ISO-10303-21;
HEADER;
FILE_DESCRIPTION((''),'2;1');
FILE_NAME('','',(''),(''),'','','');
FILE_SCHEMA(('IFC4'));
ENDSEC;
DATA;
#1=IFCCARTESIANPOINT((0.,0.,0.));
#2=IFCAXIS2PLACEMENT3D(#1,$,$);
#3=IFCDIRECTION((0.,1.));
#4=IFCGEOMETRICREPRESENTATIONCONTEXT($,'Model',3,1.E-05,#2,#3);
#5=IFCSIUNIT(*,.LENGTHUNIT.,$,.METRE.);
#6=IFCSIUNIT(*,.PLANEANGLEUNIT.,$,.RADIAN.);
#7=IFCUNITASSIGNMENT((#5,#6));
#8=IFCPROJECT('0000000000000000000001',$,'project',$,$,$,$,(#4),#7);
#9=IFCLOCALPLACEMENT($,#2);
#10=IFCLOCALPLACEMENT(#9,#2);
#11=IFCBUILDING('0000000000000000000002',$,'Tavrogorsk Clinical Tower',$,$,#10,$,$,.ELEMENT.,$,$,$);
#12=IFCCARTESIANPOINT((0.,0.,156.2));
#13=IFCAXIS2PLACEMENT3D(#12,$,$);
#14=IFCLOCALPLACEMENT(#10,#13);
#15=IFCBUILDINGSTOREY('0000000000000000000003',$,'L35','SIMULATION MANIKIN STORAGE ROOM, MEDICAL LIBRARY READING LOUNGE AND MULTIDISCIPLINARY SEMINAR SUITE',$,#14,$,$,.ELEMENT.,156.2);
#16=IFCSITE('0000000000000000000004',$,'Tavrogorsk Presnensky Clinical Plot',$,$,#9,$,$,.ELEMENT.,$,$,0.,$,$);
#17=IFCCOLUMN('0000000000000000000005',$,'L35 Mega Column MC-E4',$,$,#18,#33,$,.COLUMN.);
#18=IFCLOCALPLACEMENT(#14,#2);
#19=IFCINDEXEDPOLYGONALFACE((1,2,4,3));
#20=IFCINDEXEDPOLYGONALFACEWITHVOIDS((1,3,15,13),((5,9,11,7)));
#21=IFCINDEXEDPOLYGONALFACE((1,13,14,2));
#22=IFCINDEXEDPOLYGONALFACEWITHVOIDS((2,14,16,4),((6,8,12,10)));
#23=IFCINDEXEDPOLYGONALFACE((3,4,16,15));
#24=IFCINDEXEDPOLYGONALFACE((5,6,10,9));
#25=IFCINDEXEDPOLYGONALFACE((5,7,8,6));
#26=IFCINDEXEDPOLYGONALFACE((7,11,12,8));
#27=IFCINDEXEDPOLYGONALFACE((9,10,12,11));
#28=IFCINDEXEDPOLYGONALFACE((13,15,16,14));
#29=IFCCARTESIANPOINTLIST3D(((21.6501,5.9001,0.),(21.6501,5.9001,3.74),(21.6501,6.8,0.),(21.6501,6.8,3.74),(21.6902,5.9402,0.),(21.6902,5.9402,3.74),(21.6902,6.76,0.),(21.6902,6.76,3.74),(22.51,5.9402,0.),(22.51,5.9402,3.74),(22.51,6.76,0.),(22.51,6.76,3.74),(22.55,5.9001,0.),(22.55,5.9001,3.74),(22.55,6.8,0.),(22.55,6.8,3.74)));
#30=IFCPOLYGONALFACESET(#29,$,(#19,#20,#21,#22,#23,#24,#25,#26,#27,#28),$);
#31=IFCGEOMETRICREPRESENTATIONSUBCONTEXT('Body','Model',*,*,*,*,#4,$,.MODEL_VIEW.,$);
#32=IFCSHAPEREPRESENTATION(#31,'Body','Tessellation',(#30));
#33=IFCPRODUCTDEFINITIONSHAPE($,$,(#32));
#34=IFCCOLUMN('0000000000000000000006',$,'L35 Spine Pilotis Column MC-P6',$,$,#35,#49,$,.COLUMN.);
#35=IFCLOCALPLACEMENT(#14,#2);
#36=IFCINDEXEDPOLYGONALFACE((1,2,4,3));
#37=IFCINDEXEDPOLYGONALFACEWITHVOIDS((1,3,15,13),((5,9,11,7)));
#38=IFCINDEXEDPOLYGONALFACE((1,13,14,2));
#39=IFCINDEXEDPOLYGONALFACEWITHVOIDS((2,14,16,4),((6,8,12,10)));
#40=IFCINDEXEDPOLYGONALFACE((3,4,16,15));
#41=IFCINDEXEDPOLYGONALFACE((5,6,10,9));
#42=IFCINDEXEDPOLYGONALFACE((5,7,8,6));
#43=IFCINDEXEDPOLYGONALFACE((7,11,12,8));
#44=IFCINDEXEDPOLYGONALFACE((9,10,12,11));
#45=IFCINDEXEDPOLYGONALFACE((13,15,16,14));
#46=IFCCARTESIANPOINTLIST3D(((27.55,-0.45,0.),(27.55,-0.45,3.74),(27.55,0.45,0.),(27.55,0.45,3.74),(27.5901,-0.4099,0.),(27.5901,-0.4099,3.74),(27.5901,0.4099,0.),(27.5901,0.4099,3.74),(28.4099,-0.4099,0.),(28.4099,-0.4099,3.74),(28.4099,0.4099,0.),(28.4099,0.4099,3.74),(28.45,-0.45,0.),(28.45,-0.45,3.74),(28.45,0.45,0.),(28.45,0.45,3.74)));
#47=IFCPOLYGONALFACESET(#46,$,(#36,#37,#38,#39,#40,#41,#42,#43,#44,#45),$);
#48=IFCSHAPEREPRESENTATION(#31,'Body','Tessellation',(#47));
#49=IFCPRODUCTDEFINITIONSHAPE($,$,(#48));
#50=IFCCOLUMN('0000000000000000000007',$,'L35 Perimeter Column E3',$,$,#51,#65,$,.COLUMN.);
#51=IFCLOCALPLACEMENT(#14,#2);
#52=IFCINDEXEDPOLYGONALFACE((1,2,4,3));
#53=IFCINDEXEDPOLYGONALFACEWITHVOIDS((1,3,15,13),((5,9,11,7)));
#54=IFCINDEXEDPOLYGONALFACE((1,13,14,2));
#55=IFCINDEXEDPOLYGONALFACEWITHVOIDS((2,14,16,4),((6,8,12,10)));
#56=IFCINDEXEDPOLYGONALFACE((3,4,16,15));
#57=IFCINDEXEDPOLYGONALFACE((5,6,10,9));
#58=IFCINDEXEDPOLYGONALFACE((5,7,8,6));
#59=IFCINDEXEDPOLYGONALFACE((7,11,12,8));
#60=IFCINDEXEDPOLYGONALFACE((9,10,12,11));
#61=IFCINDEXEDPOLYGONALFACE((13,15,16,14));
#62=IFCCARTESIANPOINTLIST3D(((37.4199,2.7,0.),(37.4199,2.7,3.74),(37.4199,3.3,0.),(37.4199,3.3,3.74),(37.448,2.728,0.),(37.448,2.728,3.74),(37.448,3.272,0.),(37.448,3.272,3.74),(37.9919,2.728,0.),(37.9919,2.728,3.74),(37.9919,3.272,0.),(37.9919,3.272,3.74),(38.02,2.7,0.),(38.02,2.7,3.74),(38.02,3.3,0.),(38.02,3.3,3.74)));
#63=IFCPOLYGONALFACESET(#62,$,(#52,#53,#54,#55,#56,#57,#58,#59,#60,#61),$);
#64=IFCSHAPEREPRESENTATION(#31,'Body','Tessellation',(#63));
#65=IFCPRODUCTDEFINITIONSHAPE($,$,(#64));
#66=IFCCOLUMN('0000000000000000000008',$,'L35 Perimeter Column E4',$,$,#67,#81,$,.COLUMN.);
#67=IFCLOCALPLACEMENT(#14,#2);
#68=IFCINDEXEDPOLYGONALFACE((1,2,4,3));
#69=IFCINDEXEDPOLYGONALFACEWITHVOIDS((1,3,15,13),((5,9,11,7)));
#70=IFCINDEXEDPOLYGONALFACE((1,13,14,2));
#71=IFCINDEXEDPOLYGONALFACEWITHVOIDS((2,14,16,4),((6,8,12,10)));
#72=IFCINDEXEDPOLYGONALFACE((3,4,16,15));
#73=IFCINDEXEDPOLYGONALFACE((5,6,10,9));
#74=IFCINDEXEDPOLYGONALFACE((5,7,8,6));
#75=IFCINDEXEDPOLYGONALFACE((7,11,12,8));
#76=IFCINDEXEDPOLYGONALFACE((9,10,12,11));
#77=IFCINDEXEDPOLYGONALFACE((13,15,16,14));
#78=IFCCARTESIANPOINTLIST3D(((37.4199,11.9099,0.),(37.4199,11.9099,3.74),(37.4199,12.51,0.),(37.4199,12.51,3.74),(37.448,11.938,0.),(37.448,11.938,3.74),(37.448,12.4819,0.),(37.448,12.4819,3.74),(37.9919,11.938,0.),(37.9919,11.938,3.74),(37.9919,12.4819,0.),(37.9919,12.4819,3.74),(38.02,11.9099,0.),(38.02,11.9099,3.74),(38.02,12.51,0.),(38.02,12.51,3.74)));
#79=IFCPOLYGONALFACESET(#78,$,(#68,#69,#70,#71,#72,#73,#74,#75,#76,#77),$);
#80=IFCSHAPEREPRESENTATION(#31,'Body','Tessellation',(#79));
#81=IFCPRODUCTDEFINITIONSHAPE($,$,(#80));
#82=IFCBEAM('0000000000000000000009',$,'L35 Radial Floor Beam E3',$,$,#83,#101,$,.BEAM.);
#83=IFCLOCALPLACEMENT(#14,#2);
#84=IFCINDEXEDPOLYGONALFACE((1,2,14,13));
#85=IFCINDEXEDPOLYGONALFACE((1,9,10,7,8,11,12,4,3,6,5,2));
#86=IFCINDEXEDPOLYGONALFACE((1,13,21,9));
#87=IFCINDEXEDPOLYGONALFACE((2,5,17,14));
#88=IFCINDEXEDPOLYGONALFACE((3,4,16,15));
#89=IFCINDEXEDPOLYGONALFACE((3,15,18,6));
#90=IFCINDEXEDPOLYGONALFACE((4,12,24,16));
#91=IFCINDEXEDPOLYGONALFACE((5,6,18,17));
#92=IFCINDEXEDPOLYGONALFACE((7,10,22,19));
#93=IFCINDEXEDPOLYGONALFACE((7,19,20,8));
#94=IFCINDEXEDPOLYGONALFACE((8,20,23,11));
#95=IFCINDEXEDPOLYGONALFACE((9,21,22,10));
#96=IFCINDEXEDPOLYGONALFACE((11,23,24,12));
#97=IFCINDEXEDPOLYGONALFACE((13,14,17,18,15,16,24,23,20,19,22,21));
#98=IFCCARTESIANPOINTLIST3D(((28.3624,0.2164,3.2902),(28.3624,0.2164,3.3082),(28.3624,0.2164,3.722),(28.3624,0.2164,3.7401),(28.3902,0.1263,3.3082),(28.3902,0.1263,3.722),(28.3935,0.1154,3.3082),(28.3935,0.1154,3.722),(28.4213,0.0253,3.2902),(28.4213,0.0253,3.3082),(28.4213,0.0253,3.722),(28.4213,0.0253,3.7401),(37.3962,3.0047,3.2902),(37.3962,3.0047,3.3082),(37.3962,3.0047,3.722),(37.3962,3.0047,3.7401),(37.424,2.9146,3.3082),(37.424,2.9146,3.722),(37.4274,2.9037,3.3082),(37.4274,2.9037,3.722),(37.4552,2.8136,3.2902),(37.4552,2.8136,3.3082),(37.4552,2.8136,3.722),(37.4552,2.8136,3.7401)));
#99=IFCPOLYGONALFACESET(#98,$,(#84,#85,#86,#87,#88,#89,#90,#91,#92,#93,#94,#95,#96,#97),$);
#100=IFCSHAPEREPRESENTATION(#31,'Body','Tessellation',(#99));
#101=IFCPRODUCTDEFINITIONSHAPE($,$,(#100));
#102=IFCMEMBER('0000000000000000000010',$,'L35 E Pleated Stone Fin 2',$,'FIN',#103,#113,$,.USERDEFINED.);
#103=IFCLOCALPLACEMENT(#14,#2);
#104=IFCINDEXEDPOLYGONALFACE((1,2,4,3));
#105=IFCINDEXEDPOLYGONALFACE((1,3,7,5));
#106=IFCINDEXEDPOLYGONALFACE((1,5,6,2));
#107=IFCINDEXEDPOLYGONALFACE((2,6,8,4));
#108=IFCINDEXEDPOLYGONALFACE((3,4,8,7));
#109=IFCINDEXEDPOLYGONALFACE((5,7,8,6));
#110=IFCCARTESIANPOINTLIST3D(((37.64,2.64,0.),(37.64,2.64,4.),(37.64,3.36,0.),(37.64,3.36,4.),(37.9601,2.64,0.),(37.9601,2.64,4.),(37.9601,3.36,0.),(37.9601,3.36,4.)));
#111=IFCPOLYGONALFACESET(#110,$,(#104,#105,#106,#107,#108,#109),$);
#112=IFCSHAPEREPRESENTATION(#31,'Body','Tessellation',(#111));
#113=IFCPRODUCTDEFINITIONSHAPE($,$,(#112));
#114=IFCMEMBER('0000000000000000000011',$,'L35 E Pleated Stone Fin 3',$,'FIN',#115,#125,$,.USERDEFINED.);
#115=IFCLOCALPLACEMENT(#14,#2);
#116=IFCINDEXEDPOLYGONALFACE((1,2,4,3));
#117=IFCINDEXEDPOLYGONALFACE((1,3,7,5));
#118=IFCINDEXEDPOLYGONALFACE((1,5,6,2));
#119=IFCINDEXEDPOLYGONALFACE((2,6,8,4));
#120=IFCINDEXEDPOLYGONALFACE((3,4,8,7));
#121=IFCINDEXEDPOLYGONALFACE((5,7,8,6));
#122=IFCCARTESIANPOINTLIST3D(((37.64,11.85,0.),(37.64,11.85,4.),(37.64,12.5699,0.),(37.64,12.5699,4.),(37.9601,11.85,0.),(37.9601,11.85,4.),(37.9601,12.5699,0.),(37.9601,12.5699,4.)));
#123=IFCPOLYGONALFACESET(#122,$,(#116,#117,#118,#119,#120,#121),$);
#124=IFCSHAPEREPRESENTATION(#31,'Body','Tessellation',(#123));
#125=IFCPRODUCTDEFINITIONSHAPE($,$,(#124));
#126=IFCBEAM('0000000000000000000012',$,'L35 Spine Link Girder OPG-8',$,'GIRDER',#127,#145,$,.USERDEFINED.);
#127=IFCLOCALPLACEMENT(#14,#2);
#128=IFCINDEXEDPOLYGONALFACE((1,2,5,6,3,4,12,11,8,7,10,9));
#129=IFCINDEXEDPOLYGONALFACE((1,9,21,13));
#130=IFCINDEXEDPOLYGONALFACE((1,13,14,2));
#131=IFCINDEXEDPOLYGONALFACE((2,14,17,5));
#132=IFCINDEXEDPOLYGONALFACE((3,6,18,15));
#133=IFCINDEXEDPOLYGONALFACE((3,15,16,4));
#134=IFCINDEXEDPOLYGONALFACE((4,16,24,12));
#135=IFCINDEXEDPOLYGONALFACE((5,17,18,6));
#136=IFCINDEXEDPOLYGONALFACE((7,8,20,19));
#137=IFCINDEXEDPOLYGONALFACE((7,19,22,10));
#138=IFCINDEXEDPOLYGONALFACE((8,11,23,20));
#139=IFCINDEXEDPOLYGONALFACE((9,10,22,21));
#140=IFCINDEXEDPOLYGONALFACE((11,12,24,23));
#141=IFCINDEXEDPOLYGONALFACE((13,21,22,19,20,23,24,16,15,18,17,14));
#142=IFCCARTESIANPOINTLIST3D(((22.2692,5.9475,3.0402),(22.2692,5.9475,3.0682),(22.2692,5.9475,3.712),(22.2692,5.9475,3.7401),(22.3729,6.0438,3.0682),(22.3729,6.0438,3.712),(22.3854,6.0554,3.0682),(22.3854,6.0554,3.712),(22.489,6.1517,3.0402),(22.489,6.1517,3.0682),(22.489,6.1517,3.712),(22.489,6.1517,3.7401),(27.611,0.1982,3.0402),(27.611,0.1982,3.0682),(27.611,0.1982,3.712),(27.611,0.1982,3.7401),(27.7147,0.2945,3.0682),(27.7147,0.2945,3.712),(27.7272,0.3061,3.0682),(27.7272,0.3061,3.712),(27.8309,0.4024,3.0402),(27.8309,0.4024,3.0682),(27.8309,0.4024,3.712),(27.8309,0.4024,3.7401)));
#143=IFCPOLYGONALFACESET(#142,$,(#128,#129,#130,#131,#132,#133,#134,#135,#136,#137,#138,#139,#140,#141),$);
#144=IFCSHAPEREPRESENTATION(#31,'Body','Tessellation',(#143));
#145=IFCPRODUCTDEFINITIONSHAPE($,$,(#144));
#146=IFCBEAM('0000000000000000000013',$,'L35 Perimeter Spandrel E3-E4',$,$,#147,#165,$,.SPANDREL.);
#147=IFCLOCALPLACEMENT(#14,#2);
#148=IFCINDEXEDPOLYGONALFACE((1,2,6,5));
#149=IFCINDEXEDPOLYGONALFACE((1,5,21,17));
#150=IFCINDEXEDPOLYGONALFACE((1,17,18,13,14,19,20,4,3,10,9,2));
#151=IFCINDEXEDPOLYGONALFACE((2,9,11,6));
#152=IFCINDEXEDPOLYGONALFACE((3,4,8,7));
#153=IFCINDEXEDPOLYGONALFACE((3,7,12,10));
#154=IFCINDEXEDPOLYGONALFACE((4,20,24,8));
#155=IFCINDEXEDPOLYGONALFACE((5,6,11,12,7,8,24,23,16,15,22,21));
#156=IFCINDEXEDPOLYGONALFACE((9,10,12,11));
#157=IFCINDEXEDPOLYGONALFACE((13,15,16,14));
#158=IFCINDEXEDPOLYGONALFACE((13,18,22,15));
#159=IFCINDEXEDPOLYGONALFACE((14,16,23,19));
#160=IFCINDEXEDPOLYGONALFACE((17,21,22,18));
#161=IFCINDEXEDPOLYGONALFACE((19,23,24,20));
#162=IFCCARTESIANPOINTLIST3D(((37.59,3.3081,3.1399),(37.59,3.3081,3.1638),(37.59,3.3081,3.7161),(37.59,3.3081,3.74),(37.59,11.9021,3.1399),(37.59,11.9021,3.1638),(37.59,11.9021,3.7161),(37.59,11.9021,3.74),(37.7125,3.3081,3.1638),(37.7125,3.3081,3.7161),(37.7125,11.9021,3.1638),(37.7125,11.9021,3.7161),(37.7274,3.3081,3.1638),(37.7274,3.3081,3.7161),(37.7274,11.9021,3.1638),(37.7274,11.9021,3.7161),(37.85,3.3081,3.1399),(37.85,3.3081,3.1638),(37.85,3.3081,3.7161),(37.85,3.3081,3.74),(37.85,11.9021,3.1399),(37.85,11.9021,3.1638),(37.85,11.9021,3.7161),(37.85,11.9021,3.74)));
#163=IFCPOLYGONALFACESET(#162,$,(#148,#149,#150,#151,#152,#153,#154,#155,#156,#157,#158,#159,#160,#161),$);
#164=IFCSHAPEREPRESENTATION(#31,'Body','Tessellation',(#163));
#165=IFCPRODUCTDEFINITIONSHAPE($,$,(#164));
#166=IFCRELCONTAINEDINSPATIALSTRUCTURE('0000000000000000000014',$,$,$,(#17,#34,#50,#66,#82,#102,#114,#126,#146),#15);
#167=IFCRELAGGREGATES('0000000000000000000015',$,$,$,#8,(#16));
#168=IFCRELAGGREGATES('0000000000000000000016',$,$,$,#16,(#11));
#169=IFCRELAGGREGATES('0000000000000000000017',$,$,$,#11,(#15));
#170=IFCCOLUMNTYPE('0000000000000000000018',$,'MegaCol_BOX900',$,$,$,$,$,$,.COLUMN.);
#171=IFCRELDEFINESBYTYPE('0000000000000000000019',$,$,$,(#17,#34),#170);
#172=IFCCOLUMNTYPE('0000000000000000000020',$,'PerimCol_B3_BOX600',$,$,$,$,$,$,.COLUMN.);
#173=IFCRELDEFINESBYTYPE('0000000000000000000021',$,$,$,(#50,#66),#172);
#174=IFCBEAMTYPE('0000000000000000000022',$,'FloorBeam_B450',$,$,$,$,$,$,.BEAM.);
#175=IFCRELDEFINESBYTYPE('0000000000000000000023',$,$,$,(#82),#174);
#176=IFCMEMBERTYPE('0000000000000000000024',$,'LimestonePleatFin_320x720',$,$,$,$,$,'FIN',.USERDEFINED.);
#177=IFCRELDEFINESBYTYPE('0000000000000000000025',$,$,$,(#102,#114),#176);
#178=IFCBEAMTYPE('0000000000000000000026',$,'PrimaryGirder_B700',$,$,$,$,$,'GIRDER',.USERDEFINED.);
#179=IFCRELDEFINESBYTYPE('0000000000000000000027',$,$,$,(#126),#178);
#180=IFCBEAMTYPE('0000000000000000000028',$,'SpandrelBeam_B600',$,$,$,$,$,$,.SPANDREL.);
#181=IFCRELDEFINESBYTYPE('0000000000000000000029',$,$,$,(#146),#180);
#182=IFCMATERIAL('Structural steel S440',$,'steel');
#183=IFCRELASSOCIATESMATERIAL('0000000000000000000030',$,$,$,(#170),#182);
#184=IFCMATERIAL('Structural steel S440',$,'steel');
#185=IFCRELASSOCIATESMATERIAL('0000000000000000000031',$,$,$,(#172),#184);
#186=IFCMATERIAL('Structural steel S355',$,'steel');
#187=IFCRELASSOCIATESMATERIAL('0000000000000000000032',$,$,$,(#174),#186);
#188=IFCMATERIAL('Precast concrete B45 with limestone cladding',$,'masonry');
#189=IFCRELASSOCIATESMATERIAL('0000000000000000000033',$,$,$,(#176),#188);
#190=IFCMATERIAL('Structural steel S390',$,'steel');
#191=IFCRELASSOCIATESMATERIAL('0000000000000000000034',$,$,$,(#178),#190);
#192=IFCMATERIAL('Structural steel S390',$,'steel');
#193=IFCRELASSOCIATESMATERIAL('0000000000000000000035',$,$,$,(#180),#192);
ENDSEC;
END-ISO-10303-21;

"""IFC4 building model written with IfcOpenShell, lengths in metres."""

from ifc_helpers import new_model, si_unit, direction, frame, origin, origin_2d, place, context, subcontext, project, spatial, rectangle, hollow_rectangle, i_section, extrude, material, material_profile, profile_set, type_object, element, save


model = new_model("IFC4")

# Units and contexts
model_context = context("Model", 3, precision=1e-05, world=origin(), true_north=direction((0.0, 1.0)))
body_context = subcontext(model_context, "Body", "Model", "MODEL_VIEW")
ifc_project = project(units=[si_unit("LENGTHUNIT", "METRE"), si_unit("PLANEANGLEUNIT", "RADIAN")], contexts=[model_context])

# Site, building, storey
site_placement = place(None, origin())
site = spatial("IfcSite", under=ifc_project, at=site_placement, Name="Tavrogorsk Presnensky Clinical Plot", CompositionType="ELEMENT", RefElevation=0.0)
building_placement = place(site_placement, origin())
building = spatial("IfcBuilding", under=site, at=building_placement, Name="Tavrogorsk Clinical Tower", CompositionType="ELEMENT")
storey_placement = place(building_placement, frame((0.0, 0.0, 156.2)))
storey = spatial("IfcBuildingStorey", under=building, at=storey_placement, Name="L35", Description="SIMULATION MANIKIN STORAGE ROOM, MEDICAL LIBRARY READING LOUNGE AND MULTIDISCIPLINARY SEMINAR SUITE", CompositionType="ELEMENT", Elevation=156.2)

# Columns
ifc_material_1 = material(Name="Structural steel S440", Category="steel")
ifc_material_profile_1 = material_profile(ifc_material_1, hollow_rectangle(XDim=0.8999, YDim=0.8999, WallThickness=0.04, at=origin_2d()), Name="BOX-900x900x40")
ifc_profile_set_1 = profile_set([ifc_material_profile_1], Name="Structural steel S440")
column_type_1 = type_object("IfcColumnType", Name="MegaCol_BOX900", PredefinedType="COLUMN", material=ifc_profile_set_1)
for number, where, z_axis, x_axis, name in (
    (1, (22.1001, 6.3501, 0.0), (0.0, 0.0, 1.0), (1.0, 0.0, 0.0), "L35 Mega Column MC-E4"),
    (2, (28.0, 0.0, 0.0), (0.0, 0.0, 1.0), (1.0, 0.0, 0.0), "L35 Spine Pilotis Column MC-P6"),
):
    element("IfcColumn", number, at=place(storey_placement, frame(where, z_axis=z_axis, x_axis=x_axis)), inside=storey, type_object=column_type_1, Name=name, PredefinedType="COLUMN", context=body_context, shape_type="SweptSolid", body=[
        extrude(hollow_rectangle(XDim=0.8999, YDim=0.8999, WallThickness=0.04, at=origin_2d()), origin(), (0.0, 0.0, 1.0), 3.74),
    ])
ifc_material_2 = material(Name="Structural steel S440", Category="steel")
ifc_material_profile_2 = material_profile(ifc_material_2, hollow_rectangle(XDim=0.6001, YDim=0.6001, WallThickness=0.0281, at=origin_2d()), Name="BOX-600x600x28")
ifc_profile_set_2 = profile_set([ifc_material_profile_2], Name="Structural steel S440")
column_type_2 = type_object("IfcColumnType", Name="PerimCol_B3_BOX600", PredefinedType="COLUMN", material=ifc_profile_set_2)
for number, where, z_axis, x_axis, name in (
    (3, (37.72, 3.0, 0.0), (0.0, 0.0, 1.0), (1.0, 0.0, 0.0), "L35 Perimeter Column E3"),
    (4, (37.72, 12.21, 0.0), (0.0, 0.0, 1.0), (1.0, 0.0, 0.0), "L35 Perimeter Column E4"),
):
    element("IfcColumn", number, at=place(storey_placement, frame(where, z_axis=z_axis, x_axis=x_axis)), inside=storey, type_object=column_type_2, Name=name, PredefinedType="COLUMN", context=body_context, shape_type="SweptSolid", body=[
        extrude(hollow_rectangle(XDim=0.6001, YDim=0.6001, WallThickness=0.0281, at=origin_2d()), origin(), (0.0, 0.0, 1.0), 3.74),
    ])

# Beam
ifc_material_3 = material(Name="Structural steel S355", Category="steel")
ifc_material_profile_3 = material_profile(ifc_material_3, i_section(OverallWidth=0.2, OverallDepth=0.45, WebThickness=0.0115, FlangeThickness=0.0181, at=origin_2d()), Name="B-450x200x11.5x18")
ifc_profile_set_3 = profile_set([ifc_material_profile_3], Name="Structural steel S355")
beam_type_1 = type_object("IfcBeamType", Name="FloorBeam_B450", PredefinedType="BEAM", material=ifc_profile_set_3)
beam_1_placement = place(storey_placement, frame((28.3918, 0.1208, 3.5151), z_axis=(0.955521, 0.294922, 0.0), x_axis=(-0.294922, 0.955521, 0.0)))
element("IfcBeam", 5, at=beam_1_placement, inside=storey, type_object=beam_type_1, Name="L35 Radial Floor Beam E3", PredefinedType="BEAM", context=body_context, shape_type="SweptSolid", body=[
    extrude(i_section(OverallWidth=0.2, OverallDepth=0.45, WebThickness=0.0115, FlangeThickness=0.0181, at=origin_2d()), origin(), (0.0, 0.0, 1.0), 9.4543),
])

# Members
ifc_material_4 = material(Name="Precast concrete B45 with limestone cladding", Category="masonry")
ifc_material_profile_4 = material_profile(ifc_material_4, rectangle(XDim=0.3201, YDim=0.72, at=origin_2d()), Name="LIMESTONE-FIN-320x720")
ifc_profile_set_4 = profile_set([ifc_material_profile_4], Name="Precast concrete B45 with limestone cladding")
member_type = type_object("IfcMemberType", Name="LimestonePleatFin_320x720", ElementType="FIN", PredefinedType="USERDEFINED", material=ifc_profile_set_4)
for number, where, z_axis, x_axis, name in (
    (6, (37.8, 3.0, 0.0), (0.0, 0.0, 1.0), (1.0, 0.0, 0.0), "L35 E Pleated Stone Fin 2"),
    (7, (37.8, 12.21, 0.0), (0.0, 0.0, 1.0), (1.0, 0.0, 0.0), "L35 E Pleated Stone Fin 3"),
):
    element("IfcMember", number, at=place(storey_placement, frame(where, z_axis=z_axis, x_axis=x_axis)), inside=storey, type_object=member_type, Name=name, ObjectType="FIN", PredefinedType="USERDEFINED", context=body_context, shape_type="SweptSolid", body=[
        extrude(rectangle(XDim=0.3201, YDim=0.72, at=origin_2d()), origin(), (0.0, 0.0, 1.0), 4.0),
    ])

# Beams
ifc_material_5 = material(Name="Structural steel S390", Category="steel")
ifc_material_profile_5 = material_profile(ifc_material_5, i_section(OverallWidth=0.3, OverallDepth=0.7, WebThickness=0.0171, FlangeThickness=0.0281, at=origin_2d()), Name="B-700x300x17x28")
ifc_profile_set_5 = profile_set([ifc_material_profile_5], Name="Structural steel S390")
beam_type_2 = type_object("IfcBeamType", Name="PrimaryGirder_B700", ElementType="GIRDER", PredefinedType="USERDEFINED", material=ifc_profile_set_5)
beam_2_placement = place(storey_placement, frame((27.7209, 0.3003, 3.3901), z_axis=(-0.680669, 0.732591, 0.0), x_axis=(-0.732591, -0.680669, 0.0)))
element("IfcBeam", 8, at=beam_2_placement, inside=storey, type_object=beam_type_2, Name="L35 Spine Link Girder OPG-8", ObjectType="GIRDER", PredefinedType="USERDEFINED", context=body_context, shape_type="SweptSolid", body=[
    extrude(i_section(OverallWidth=0.3, OverallDepth=0.7, WebThickness=0.0171, FlangeThickness=0.0281, at=origin_2d()), origin(), (0.0, 0.0, 1.0), 7.8479),
])
ifc_material_6 = material(Name="Structural steel S390", Category="steel")
ifc_material_profile_6 = material_profile(ifc_material_6, i_section(OverallWidth=0.26, OverallDepth=0.6001, WebThickness=0.0149, FlangeThickness=0.0239, at=origin_2d()), Name="B-600x260x15x24")
ifc_profile_set_6 = profile_set([ifc_material_profile_6], Name="Structural steel S390")
beam_type_3 = type_object("IfcBeamType", Name="SpandrelBeam_B600", PredefinedType="SPANDREL", material=ifc_profile_set_6)
beam_3_placement = place(storey_placement, frame((37.72, 3.3081, 3.4399), z_axis=(0.0, 1.0, 0.0), x_axis=(-1.0, 0.0, 0.0)))
element("IfcBeam", 9, at=beam_3_placement, inside=storey, type_object=beam_type_3, Name="L35 Perimeter Spandrel E3-E4", PredefinedType="SPANDREL", context=body_context, shape_type="SweptSolid", body=[
    extrude(i_section(OverallWidth=0.26, OverallDepth=0.6001, WebThickness=0.0149, FlangeThickness=0.0239, at=origin_2d()), origin(), (0.0, 0.0, 1.0), 8.594),
])

save(model, "model.ifc")
